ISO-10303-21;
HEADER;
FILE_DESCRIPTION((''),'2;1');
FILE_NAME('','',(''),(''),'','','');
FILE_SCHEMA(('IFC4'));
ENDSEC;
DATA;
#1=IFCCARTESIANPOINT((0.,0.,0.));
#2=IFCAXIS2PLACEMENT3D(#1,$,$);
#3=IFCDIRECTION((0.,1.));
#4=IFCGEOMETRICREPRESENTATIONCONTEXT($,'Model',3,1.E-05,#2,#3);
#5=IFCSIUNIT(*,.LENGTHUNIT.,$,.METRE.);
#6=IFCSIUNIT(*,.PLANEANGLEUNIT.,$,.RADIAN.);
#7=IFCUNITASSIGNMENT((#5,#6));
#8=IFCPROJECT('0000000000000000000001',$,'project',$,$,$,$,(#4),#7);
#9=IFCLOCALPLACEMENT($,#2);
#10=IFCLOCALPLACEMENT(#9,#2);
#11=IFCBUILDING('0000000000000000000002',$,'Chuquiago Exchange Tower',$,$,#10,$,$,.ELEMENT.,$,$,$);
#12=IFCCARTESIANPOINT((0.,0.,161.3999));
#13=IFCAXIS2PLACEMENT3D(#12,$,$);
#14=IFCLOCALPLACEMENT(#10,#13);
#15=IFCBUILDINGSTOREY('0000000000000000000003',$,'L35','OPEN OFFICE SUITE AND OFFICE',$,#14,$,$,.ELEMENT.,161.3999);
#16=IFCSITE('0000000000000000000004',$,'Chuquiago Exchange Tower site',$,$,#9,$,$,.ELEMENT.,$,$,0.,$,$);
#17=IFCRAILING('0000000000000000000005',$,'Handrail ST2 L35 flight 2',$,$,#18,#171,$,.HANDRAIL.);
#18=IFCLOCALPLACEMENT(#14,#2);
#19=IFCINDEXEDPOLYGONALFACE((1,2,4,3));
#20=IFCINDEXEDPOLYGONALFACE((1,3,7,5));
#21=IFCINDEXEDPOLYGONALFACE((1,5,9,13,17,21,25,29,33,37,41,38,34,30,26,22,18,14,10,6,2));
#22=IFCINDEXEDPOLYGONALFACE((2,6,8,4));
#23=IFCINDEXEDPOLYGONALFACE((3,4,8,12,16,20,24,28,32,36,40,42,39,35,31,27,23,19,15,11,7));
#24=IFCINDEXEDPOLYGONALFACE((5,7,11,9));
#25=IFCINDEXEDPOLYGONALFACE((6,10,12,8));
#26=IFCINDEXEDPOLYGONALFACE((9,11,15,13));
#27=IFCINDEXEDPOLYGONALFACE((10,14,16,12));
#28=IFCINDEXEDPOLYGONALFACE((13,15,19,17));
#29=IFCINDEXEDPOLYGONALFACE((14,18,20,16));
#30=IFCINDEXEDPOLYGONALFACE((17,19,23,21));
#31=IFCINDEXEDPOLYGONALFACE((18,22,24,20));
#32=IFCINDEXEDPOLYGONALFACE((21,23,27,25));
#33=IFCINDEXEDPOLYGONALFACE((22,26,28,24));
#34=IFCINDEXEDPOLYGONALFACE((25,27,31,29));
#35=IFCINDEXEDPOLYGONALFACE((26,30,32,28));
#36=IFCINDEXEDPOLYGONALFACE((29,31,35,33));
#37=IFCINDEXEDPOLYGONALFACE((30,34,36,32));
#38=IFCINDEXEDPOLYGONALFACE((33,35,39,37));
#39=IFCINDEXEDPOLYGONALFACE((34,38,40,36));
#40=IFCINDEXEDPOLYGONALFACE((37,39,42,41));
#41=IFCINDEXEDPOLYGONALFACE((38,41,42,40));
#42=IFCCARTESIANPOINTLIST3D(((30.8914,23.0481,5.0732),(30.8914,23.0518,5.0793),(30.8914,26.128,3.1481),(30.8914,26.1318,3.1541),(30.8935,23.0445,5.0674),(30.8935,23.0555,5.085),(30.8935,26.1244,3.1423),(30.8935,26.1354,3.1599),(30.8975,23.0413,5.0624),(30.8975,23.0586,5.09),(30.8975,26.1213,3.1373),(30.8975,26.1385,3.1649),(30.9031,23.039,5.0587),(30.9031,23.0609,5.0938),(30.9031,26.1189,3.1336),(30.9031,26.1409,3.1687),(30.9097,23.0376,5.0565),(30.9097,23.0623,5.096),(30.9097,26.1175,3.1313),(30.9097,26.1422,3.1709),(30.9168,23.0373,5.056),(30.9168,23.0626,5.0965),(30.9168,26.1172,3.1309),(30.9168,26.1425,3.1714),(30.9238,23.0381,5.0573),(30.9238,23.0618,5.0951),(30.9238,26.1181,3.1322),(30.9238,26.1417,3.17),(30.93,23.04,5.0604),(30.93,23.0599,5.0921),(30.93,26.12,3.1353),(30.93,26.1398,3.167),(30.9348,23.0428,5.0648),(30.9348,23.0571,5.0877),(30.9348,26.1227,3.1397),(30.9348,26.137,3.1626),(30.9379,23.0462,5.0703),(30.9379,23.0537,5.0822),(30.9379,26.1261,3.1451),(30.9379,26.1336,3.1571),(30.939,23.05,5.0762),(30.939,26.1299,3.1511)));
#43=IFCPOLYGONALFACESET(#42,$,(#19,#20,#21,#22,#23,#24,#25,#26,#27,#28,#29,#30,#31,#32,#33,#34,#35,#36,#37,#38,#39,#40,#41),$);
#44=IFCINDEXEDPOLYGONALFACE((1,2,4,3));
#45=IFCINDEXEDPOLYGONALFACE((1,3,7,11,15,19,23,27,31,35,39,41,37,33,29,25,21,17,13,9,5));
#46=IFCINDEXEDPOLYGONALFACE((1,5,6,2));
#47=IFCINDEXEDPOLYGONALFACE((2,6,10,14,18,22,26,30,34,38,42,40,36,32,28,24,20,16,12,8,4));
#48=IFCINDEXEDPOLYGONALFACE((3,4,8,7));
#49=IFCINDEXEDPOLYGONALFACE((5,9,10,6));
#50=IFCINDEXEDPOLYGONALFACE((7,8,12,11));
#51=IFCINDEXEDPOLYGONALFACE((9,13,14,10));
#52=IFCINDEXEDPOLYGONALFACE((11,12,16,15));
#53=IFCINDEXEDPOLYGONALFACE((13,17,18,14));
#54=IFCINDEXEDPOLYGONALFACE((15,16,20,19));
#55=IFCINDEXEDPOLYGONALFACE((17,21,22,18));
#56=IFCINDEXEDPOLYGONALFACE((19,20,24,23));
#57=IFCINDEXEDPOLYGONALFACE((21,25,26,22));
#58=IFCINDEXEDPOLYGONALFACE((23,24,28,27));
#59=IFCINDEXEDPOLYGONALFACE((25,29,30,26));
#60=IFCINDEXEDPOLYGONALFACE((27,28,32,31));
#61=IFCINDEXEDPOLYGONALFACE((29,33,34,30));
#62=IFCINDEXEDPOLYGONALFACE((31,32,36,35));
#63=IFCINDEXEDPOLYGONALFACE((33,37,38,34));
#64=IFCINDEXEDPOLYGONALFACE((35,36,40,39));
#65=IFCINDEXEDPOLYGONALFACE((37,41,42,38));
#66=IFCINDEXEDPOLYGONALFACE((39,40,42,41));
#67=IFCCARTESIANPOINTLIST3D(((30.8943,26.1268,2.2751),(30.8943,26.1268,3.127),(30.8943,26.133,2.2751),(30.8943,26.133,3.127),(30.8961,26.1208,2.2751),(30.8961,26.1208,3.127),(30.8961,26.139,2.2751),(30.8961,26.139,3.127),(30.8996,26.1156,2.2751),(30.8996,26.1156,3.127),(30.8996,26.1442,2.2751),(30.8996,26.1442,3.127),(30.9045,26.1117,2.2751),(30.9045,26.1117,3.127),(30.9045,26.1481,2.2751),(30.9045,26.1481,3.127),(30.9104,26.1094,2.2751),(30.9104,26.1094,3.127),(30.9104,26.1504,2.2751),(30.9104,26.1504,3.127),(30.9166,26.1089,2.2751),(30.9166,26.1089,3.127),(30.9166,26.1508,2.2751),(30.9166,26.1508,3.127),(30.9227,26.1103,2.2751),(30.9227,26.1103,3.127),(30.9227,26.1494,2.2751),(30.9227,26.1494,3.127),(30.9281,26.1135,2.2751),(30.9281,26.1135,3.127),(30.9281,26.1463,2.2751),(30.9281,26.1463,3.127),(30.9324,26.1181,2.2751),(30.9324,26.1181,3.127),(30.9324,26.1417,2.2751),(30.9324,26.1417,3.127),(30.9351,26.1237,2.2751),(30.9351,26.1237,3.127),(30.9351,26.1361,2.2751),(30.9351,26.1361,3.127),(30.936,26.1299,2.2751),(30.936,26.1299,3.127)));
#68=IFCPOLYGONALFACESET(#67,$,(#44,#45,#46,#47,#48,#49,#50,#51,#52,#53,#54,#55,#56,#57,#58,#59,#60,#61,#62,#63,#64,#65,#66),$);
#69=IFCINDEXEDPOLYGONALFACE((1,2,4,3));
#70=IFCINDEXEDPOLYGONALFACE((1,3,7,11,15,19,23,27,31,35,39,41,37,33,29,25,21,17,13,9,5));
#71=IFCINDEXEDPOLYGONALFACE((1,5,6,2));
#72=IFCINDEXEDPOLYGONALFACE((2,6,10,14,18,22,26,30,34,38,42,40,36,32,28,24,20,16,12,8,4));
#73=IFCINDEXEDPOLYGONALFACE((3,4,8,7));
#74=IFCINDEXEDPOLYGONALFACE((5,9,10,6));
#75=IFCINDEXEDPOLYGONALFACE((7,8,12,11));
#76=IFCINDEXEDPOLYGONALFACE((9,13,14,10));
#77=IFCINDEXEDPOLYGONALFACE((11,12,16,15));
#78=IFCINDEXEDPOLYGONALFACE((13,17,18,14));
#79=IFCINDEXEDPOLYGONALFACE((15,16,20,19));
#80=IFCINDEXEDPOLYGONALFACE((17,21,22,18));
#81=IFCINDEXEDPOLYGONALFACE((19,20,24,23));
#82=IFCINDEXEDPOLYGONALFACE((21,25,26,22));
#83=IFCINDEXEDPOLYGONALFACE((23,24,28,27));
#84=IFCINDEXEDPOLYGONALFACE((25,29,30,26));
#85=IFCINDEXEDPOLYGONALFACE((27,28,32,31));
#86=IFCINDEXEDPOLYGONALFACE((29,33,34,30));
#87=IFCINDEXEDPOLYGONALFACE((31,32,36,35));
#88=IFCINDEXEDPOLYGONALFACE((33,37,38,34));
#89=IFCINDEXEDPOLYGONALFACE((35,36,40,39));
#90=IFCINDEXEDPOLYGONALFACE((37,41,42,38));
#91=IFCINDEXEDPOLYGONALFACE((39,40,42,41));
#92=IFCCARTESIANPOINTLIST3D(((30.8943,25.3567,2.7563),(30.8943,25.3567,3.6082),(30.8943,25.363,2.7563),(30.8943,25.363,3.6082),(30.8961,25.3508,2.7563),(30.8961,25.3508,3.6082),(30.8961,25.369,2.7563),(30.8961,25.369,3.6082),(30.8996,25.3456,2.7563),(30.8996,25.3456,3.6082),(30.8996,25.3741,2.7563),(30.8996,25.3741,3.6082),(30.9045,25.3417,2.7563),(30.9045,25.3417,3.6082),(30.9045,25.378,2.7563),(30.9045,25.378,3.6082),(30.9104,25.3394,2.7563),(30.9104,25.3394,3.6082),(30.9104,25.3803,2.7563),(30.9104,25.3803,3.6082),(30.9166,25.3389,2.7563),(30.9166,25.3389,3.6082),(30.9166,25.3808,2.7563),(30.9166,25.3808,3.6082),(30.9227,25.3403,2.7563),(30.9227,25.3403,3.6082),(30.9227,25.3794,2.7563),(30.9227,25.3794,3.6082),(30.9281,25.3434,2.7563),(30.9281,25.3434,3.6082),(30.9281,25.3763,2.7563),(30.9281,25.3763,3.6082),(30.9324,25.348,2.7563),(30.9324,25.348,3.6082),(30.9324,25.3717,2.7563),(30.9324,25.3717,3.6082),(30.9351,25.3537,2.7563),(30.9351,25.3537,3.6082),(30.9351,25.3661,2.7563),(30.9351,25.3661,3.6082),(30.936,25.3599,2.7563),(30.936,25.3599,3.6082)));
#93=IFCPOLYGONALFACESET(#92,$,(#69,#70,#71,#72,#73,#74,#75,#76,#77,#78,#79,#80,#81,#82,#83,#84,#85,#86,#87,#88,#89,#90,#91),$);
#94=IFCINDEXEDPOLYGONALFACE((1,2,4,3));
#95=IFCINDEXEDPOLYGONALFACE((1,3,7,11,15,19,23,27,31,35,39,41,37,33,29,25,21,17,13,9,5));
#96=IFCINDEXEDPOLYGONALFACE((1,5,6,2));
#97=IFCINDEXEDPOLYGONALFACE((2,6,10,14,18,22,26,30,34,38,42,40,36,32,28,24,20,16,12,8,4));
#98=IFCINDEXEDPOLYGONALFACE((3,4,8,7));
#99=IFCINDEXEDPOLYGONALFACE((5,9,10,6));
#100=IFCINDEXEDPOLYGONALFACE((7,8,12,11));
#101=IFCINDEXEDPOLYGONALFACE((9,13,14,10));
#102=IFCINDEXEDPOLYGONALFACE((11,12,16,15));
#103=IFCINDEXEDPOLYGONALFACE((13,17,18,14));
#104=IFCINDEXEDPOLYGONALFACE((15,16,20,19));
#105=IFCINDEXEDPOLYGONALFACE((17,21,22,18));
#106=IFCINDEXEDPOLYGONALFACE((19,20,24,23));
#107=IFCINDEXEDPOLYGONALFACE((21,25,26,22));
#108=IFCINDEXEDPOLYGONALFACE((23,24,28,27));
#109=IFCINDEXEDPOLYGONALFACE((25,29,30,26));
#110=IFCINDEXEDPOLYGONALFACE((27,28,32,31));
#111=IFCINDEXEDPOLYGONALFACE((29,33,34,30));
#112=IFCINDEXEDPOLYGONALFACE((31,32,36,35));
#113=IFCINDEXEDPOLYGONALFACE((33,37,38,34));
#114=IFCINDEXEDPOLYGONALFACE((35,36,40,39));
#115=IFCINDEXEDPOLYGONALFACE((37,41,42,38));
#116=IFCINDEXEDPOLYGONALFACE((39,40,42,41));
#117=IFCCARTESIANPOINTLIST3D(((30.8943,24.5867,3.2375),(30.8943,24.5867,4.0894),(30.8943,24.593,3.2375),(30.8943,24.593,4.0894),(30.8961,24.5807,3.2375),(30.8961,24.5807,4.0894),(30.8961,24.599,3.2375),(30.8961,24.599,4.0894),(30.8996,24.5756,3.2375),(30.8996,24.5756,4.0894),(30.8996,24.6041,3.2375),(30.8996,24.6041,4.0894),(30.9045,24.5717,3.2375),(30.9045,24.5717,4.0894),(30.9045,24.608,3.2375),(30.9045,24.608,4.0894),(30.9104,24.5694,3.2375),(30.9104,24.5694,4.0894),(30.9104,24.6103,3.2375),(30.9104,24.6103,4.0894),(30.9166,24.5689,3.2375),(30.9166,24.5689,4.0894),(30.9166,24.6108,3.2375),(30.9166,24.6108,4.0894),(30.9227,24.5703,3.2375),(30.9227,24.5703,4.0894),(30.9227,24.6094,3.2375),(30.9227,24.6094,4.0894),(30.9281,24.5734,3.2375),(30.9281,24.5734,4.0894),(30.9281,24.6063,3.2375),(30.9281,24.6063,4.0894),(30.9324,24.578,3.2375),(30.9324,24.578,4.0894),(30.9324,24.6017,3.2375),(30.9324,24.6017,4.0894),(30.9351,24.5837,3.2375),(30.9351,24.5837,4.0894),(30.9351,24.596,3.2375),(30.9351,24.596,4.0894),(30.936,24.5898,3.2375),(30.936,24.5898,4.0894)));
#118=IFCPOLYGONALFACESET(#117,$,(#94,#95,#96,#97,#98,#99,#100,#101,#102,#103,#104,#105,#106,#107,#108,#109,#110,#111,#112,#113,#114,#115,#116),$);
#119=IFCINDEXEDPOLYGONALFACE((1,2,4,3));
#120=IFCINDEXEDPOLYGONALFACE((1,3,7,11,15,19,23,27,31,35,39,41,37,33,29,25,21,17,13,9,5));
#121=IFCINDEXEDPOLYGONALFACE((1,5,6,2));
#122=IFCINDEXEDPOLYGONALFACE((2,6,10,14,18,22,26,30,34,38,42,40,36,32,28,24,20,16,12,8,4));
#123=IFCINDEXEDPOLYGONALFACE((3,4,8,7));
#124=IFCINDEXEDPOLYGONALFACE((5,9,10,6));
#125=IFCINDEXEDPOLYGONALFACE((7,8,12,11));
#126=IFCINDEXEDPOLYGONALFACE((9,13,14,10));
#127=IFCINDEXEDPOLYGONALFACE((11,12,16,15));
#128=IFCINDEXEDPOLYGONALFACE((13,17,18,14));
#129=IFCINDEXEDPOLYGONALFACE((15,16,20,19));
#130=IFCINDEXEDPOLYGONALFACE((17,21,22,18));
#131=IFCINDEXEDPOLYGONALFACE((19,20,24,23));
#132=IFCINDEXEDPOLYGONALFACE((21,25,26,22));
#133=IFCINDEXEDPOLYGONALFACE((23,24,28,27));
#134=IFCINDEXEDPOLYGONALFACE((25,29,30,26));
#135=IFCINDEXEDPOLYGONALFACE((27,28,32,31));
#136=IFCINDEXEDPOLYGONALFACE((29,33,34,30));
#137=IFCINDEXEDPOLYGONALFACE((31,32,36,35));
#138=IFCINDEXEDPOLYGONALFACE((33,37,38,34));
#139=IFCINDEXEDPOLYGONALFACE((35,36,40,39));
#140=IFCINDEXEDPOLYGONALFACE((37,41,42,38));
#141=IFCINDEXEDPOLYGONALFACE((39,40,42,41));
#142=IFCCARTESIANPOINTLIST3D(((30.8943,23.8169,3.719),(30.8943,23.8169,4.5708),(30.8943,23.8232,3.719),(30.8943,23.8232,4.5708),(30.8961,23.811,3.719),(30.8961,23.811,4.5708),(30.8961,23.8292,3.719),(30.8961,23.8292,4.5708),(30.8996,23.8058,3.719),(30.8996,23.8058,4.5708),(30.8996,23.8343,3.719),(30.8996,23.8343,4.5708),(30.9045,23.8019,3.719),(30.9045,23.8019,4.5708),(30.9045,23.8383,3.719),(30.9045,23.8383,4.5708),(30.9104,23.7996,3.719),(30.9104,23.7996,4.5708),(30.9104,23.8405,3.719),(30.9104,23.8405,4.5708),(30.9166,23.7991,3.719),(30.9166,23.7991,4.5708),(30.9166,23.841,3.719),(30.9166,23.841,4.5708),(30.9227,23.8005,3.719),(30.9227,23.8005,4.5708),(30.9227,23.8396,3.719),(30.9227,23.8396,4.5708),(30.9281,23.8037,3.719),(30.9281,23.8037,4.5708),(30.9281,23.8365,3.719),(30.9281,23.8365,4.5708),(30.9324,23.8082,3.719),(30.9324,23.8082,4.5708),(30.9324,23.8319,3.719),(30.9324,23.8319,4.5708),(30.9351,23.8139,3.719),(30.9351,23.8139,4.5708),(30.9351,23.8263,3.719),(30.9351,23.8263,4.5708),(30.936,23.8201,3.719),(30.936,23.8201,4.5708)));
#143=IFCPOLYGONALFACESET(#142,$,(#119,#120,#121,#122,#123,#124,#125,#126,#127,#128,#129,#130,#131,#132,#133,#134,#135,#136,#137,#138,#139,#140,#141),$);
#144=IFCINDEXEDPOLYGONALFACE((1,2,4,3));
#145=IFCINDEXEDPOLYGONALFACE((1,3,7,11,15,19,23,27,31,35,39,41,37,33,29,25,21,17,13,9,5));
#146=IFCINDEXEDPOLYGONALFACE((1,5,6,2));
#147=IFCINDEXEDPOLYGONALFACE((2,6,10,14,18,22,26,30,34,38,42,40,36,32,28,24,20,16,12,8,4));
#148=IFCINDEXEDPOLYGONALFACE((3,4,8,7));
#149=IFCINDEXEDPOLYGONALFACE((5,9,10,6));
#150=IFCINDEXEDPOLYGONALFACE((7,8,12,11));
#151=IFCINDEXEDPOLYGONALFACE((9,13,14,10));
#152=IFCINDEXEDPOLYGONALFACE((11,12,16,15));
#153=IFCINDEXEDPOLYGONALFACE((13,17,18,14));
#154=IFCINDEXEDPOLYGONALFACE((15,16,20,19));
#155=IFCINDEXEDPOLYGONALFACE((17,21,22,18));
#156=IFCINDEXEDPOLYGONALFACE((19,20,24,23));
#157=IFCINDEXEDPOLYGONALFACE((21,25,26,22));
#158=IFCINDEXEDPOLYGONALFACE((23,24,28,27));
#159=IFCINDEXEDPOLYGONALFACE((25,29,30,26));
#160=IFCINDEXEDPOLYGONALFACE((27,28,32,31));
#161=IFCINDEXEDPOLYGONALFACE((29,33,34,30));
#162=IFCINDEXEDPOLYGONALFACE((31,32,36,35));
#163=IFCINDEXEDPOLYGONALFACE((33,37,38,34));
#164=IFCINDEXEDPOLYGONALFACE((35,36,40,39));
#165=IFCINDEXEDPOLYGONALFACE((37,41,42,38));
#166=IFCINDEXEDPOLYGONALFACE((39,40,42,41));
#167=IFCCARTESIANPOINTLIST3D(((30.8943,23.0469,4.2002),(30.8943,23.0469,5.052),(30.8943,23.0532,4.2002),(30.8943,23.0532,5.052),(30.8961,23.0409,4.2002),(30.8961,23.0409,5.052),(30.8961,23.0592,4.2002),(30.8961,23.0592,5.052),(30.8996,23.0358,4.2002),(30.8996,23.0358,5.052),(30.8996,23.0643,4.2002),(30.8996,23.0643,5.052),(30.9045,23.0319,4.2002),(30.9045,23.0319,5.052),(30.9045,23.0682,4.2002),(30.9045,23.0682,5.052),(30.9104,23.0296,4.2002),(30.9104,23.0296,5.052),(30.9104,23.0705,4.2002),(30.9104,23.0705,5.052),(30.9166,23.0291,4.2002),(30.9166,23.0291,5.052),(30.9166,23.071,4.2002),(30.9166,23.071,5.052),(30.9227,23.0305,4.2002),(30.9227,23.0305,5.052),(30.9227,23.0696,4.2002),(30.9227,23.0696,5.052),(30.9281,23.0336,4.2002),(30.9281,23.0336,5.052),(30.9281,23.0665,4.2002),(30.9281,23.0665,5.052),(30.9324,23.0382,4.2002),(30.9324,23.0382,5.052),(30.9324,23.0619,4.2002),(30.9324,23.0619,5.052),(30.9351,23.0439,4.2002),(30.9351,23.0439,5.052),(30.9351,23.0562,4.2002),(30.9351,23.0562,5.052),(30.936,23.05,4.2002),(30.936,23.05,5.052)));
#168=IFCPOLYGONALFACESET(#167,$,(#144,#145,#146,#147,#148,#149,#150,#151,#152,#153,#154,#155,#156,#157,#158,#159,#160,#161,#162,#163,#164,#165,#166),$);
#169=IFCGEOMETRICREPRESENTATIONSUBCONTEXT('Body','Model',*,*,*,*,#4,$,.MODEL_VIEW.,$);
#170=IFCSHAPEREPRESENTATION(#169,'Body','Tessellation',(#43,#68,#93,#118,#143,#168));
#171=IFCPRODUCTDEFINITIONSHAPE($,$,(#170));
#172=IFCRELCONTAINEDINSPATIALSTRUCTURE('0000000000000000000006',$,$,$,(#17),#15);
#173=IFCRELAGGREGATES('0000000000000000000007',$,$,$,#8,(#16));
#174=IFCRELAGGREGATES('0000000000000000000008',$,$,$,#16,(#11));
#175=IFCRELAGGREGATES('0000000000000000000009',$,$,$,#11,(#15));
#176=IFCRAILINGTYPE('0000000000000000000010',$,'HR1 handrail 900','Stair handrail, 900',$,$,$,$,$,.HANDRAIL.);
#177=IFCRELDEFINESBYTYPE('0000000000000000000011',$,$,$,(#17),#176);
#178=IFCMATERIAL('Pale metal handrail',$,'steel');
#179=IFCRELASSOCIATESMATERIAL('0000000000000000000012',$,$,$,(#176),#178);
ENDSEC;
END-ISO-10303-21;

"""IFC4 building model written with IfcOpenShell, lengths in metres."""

from ifc_helpers import new_model, si_unit, direction, frame, origin, origin_2d, place, context, subcontext, project, spatial, circle, extrude, material, type_object, element, save


model = new_model("IFC4")

# Units and contexts
model_context = context("Model", 3, precision=1e-05, world=origin(), true_north=direction((0.0, 1.0)))
body_context = subcontext(model_context, "Body", "Model", "MODEL_VIEW")
ifc_project = project(units=[si_unit("LENGTHUNIT", "METRE"), si_unit("PLANEANGLEUNIT", "RADIAN")], contexts=[model_context])

# Site, building, storey
site_placement = place(None, origin())
site = spatial("IfcSite", under=ifc_project, at=site_placement, Name="Chuquiago Exchange Tower site", CompositionType="ELEMENT", RefElevation=0.0)
building_placement = place(site_placement, origin())
building = spatial("IfcBuilding", under=site, at=building_placement, Name="Chuquiago Exchange Tower", CompositionType="ELEMENT")
storey_placement = place(building_placement, frame((0.0, 0.0, 161.3999)))
storey = spatial("IfcBuildingStorey", under=building, at=storey_placement, Name="L35", Description="OPEN OFFICE SUITE AND OFFICE", CompositionType="ELEMENT", Elevation=161.3999)

# Railing
ifc_material_1 = material(Name="Pale metal handrail", Category="steel")
railing_type_1 = type_object("IfcRailingType", Name="HR1 handrail 900", Description="Stair handrail, 900", PredefinedType="HANDRAIL", material=ifc_material_1)
for number, where, name in (
    (1, (30.915, 26.1299, 2.2751), "Handrail ST2 L35 flight 2"),
):
    element("IfcRailing", number, at=place(storey_placement, frame(where)), inside=storey, type_object=railing_type_1, Name=name, PredefinedType="HANDRAIL", context=body_context, shape_type="SweptSolid", body=[
        extrude(circle(Radius=0.0239, at=origin_2d()), frame((0.0, 0.0, 0.876), z_axis=(0.0, -0.847979, 0.530029), x_axis=(1.0, 0.0, 0.0)), (0.0, 0.0, 1.0), 3.6321),
        extrude(circle(Radius=0.021, at=origin_2d()), origin(), (0.0, 0.0, 1.0), 0.8518),
        extrude(circle(Radius=0.021, at=origin_2d()), frame((0.0, -0.77, 0.4812)), (0.0, 0.0, 1.0), 0.8518),
        extrude(circle(Radius=0.021, at=origin_2d()), frame((0.0, -1.54, 0.9624)), (0.0, 0.0, 1.0), 0.8518),
        extrude(circle(Radius=0.021, at=origin_2d()), frame((0.0, -2.3098, 1.4438)), (0.0, 0.0, 1.0), 0.8518),
        extrude(circle(Radius=0.021, at=origin_2d()), frame((0.0, -3.0798, 1.925)), (0.0, 0.0, 1.0), 0.8518),
    ])

save(model, "model.ifc")
